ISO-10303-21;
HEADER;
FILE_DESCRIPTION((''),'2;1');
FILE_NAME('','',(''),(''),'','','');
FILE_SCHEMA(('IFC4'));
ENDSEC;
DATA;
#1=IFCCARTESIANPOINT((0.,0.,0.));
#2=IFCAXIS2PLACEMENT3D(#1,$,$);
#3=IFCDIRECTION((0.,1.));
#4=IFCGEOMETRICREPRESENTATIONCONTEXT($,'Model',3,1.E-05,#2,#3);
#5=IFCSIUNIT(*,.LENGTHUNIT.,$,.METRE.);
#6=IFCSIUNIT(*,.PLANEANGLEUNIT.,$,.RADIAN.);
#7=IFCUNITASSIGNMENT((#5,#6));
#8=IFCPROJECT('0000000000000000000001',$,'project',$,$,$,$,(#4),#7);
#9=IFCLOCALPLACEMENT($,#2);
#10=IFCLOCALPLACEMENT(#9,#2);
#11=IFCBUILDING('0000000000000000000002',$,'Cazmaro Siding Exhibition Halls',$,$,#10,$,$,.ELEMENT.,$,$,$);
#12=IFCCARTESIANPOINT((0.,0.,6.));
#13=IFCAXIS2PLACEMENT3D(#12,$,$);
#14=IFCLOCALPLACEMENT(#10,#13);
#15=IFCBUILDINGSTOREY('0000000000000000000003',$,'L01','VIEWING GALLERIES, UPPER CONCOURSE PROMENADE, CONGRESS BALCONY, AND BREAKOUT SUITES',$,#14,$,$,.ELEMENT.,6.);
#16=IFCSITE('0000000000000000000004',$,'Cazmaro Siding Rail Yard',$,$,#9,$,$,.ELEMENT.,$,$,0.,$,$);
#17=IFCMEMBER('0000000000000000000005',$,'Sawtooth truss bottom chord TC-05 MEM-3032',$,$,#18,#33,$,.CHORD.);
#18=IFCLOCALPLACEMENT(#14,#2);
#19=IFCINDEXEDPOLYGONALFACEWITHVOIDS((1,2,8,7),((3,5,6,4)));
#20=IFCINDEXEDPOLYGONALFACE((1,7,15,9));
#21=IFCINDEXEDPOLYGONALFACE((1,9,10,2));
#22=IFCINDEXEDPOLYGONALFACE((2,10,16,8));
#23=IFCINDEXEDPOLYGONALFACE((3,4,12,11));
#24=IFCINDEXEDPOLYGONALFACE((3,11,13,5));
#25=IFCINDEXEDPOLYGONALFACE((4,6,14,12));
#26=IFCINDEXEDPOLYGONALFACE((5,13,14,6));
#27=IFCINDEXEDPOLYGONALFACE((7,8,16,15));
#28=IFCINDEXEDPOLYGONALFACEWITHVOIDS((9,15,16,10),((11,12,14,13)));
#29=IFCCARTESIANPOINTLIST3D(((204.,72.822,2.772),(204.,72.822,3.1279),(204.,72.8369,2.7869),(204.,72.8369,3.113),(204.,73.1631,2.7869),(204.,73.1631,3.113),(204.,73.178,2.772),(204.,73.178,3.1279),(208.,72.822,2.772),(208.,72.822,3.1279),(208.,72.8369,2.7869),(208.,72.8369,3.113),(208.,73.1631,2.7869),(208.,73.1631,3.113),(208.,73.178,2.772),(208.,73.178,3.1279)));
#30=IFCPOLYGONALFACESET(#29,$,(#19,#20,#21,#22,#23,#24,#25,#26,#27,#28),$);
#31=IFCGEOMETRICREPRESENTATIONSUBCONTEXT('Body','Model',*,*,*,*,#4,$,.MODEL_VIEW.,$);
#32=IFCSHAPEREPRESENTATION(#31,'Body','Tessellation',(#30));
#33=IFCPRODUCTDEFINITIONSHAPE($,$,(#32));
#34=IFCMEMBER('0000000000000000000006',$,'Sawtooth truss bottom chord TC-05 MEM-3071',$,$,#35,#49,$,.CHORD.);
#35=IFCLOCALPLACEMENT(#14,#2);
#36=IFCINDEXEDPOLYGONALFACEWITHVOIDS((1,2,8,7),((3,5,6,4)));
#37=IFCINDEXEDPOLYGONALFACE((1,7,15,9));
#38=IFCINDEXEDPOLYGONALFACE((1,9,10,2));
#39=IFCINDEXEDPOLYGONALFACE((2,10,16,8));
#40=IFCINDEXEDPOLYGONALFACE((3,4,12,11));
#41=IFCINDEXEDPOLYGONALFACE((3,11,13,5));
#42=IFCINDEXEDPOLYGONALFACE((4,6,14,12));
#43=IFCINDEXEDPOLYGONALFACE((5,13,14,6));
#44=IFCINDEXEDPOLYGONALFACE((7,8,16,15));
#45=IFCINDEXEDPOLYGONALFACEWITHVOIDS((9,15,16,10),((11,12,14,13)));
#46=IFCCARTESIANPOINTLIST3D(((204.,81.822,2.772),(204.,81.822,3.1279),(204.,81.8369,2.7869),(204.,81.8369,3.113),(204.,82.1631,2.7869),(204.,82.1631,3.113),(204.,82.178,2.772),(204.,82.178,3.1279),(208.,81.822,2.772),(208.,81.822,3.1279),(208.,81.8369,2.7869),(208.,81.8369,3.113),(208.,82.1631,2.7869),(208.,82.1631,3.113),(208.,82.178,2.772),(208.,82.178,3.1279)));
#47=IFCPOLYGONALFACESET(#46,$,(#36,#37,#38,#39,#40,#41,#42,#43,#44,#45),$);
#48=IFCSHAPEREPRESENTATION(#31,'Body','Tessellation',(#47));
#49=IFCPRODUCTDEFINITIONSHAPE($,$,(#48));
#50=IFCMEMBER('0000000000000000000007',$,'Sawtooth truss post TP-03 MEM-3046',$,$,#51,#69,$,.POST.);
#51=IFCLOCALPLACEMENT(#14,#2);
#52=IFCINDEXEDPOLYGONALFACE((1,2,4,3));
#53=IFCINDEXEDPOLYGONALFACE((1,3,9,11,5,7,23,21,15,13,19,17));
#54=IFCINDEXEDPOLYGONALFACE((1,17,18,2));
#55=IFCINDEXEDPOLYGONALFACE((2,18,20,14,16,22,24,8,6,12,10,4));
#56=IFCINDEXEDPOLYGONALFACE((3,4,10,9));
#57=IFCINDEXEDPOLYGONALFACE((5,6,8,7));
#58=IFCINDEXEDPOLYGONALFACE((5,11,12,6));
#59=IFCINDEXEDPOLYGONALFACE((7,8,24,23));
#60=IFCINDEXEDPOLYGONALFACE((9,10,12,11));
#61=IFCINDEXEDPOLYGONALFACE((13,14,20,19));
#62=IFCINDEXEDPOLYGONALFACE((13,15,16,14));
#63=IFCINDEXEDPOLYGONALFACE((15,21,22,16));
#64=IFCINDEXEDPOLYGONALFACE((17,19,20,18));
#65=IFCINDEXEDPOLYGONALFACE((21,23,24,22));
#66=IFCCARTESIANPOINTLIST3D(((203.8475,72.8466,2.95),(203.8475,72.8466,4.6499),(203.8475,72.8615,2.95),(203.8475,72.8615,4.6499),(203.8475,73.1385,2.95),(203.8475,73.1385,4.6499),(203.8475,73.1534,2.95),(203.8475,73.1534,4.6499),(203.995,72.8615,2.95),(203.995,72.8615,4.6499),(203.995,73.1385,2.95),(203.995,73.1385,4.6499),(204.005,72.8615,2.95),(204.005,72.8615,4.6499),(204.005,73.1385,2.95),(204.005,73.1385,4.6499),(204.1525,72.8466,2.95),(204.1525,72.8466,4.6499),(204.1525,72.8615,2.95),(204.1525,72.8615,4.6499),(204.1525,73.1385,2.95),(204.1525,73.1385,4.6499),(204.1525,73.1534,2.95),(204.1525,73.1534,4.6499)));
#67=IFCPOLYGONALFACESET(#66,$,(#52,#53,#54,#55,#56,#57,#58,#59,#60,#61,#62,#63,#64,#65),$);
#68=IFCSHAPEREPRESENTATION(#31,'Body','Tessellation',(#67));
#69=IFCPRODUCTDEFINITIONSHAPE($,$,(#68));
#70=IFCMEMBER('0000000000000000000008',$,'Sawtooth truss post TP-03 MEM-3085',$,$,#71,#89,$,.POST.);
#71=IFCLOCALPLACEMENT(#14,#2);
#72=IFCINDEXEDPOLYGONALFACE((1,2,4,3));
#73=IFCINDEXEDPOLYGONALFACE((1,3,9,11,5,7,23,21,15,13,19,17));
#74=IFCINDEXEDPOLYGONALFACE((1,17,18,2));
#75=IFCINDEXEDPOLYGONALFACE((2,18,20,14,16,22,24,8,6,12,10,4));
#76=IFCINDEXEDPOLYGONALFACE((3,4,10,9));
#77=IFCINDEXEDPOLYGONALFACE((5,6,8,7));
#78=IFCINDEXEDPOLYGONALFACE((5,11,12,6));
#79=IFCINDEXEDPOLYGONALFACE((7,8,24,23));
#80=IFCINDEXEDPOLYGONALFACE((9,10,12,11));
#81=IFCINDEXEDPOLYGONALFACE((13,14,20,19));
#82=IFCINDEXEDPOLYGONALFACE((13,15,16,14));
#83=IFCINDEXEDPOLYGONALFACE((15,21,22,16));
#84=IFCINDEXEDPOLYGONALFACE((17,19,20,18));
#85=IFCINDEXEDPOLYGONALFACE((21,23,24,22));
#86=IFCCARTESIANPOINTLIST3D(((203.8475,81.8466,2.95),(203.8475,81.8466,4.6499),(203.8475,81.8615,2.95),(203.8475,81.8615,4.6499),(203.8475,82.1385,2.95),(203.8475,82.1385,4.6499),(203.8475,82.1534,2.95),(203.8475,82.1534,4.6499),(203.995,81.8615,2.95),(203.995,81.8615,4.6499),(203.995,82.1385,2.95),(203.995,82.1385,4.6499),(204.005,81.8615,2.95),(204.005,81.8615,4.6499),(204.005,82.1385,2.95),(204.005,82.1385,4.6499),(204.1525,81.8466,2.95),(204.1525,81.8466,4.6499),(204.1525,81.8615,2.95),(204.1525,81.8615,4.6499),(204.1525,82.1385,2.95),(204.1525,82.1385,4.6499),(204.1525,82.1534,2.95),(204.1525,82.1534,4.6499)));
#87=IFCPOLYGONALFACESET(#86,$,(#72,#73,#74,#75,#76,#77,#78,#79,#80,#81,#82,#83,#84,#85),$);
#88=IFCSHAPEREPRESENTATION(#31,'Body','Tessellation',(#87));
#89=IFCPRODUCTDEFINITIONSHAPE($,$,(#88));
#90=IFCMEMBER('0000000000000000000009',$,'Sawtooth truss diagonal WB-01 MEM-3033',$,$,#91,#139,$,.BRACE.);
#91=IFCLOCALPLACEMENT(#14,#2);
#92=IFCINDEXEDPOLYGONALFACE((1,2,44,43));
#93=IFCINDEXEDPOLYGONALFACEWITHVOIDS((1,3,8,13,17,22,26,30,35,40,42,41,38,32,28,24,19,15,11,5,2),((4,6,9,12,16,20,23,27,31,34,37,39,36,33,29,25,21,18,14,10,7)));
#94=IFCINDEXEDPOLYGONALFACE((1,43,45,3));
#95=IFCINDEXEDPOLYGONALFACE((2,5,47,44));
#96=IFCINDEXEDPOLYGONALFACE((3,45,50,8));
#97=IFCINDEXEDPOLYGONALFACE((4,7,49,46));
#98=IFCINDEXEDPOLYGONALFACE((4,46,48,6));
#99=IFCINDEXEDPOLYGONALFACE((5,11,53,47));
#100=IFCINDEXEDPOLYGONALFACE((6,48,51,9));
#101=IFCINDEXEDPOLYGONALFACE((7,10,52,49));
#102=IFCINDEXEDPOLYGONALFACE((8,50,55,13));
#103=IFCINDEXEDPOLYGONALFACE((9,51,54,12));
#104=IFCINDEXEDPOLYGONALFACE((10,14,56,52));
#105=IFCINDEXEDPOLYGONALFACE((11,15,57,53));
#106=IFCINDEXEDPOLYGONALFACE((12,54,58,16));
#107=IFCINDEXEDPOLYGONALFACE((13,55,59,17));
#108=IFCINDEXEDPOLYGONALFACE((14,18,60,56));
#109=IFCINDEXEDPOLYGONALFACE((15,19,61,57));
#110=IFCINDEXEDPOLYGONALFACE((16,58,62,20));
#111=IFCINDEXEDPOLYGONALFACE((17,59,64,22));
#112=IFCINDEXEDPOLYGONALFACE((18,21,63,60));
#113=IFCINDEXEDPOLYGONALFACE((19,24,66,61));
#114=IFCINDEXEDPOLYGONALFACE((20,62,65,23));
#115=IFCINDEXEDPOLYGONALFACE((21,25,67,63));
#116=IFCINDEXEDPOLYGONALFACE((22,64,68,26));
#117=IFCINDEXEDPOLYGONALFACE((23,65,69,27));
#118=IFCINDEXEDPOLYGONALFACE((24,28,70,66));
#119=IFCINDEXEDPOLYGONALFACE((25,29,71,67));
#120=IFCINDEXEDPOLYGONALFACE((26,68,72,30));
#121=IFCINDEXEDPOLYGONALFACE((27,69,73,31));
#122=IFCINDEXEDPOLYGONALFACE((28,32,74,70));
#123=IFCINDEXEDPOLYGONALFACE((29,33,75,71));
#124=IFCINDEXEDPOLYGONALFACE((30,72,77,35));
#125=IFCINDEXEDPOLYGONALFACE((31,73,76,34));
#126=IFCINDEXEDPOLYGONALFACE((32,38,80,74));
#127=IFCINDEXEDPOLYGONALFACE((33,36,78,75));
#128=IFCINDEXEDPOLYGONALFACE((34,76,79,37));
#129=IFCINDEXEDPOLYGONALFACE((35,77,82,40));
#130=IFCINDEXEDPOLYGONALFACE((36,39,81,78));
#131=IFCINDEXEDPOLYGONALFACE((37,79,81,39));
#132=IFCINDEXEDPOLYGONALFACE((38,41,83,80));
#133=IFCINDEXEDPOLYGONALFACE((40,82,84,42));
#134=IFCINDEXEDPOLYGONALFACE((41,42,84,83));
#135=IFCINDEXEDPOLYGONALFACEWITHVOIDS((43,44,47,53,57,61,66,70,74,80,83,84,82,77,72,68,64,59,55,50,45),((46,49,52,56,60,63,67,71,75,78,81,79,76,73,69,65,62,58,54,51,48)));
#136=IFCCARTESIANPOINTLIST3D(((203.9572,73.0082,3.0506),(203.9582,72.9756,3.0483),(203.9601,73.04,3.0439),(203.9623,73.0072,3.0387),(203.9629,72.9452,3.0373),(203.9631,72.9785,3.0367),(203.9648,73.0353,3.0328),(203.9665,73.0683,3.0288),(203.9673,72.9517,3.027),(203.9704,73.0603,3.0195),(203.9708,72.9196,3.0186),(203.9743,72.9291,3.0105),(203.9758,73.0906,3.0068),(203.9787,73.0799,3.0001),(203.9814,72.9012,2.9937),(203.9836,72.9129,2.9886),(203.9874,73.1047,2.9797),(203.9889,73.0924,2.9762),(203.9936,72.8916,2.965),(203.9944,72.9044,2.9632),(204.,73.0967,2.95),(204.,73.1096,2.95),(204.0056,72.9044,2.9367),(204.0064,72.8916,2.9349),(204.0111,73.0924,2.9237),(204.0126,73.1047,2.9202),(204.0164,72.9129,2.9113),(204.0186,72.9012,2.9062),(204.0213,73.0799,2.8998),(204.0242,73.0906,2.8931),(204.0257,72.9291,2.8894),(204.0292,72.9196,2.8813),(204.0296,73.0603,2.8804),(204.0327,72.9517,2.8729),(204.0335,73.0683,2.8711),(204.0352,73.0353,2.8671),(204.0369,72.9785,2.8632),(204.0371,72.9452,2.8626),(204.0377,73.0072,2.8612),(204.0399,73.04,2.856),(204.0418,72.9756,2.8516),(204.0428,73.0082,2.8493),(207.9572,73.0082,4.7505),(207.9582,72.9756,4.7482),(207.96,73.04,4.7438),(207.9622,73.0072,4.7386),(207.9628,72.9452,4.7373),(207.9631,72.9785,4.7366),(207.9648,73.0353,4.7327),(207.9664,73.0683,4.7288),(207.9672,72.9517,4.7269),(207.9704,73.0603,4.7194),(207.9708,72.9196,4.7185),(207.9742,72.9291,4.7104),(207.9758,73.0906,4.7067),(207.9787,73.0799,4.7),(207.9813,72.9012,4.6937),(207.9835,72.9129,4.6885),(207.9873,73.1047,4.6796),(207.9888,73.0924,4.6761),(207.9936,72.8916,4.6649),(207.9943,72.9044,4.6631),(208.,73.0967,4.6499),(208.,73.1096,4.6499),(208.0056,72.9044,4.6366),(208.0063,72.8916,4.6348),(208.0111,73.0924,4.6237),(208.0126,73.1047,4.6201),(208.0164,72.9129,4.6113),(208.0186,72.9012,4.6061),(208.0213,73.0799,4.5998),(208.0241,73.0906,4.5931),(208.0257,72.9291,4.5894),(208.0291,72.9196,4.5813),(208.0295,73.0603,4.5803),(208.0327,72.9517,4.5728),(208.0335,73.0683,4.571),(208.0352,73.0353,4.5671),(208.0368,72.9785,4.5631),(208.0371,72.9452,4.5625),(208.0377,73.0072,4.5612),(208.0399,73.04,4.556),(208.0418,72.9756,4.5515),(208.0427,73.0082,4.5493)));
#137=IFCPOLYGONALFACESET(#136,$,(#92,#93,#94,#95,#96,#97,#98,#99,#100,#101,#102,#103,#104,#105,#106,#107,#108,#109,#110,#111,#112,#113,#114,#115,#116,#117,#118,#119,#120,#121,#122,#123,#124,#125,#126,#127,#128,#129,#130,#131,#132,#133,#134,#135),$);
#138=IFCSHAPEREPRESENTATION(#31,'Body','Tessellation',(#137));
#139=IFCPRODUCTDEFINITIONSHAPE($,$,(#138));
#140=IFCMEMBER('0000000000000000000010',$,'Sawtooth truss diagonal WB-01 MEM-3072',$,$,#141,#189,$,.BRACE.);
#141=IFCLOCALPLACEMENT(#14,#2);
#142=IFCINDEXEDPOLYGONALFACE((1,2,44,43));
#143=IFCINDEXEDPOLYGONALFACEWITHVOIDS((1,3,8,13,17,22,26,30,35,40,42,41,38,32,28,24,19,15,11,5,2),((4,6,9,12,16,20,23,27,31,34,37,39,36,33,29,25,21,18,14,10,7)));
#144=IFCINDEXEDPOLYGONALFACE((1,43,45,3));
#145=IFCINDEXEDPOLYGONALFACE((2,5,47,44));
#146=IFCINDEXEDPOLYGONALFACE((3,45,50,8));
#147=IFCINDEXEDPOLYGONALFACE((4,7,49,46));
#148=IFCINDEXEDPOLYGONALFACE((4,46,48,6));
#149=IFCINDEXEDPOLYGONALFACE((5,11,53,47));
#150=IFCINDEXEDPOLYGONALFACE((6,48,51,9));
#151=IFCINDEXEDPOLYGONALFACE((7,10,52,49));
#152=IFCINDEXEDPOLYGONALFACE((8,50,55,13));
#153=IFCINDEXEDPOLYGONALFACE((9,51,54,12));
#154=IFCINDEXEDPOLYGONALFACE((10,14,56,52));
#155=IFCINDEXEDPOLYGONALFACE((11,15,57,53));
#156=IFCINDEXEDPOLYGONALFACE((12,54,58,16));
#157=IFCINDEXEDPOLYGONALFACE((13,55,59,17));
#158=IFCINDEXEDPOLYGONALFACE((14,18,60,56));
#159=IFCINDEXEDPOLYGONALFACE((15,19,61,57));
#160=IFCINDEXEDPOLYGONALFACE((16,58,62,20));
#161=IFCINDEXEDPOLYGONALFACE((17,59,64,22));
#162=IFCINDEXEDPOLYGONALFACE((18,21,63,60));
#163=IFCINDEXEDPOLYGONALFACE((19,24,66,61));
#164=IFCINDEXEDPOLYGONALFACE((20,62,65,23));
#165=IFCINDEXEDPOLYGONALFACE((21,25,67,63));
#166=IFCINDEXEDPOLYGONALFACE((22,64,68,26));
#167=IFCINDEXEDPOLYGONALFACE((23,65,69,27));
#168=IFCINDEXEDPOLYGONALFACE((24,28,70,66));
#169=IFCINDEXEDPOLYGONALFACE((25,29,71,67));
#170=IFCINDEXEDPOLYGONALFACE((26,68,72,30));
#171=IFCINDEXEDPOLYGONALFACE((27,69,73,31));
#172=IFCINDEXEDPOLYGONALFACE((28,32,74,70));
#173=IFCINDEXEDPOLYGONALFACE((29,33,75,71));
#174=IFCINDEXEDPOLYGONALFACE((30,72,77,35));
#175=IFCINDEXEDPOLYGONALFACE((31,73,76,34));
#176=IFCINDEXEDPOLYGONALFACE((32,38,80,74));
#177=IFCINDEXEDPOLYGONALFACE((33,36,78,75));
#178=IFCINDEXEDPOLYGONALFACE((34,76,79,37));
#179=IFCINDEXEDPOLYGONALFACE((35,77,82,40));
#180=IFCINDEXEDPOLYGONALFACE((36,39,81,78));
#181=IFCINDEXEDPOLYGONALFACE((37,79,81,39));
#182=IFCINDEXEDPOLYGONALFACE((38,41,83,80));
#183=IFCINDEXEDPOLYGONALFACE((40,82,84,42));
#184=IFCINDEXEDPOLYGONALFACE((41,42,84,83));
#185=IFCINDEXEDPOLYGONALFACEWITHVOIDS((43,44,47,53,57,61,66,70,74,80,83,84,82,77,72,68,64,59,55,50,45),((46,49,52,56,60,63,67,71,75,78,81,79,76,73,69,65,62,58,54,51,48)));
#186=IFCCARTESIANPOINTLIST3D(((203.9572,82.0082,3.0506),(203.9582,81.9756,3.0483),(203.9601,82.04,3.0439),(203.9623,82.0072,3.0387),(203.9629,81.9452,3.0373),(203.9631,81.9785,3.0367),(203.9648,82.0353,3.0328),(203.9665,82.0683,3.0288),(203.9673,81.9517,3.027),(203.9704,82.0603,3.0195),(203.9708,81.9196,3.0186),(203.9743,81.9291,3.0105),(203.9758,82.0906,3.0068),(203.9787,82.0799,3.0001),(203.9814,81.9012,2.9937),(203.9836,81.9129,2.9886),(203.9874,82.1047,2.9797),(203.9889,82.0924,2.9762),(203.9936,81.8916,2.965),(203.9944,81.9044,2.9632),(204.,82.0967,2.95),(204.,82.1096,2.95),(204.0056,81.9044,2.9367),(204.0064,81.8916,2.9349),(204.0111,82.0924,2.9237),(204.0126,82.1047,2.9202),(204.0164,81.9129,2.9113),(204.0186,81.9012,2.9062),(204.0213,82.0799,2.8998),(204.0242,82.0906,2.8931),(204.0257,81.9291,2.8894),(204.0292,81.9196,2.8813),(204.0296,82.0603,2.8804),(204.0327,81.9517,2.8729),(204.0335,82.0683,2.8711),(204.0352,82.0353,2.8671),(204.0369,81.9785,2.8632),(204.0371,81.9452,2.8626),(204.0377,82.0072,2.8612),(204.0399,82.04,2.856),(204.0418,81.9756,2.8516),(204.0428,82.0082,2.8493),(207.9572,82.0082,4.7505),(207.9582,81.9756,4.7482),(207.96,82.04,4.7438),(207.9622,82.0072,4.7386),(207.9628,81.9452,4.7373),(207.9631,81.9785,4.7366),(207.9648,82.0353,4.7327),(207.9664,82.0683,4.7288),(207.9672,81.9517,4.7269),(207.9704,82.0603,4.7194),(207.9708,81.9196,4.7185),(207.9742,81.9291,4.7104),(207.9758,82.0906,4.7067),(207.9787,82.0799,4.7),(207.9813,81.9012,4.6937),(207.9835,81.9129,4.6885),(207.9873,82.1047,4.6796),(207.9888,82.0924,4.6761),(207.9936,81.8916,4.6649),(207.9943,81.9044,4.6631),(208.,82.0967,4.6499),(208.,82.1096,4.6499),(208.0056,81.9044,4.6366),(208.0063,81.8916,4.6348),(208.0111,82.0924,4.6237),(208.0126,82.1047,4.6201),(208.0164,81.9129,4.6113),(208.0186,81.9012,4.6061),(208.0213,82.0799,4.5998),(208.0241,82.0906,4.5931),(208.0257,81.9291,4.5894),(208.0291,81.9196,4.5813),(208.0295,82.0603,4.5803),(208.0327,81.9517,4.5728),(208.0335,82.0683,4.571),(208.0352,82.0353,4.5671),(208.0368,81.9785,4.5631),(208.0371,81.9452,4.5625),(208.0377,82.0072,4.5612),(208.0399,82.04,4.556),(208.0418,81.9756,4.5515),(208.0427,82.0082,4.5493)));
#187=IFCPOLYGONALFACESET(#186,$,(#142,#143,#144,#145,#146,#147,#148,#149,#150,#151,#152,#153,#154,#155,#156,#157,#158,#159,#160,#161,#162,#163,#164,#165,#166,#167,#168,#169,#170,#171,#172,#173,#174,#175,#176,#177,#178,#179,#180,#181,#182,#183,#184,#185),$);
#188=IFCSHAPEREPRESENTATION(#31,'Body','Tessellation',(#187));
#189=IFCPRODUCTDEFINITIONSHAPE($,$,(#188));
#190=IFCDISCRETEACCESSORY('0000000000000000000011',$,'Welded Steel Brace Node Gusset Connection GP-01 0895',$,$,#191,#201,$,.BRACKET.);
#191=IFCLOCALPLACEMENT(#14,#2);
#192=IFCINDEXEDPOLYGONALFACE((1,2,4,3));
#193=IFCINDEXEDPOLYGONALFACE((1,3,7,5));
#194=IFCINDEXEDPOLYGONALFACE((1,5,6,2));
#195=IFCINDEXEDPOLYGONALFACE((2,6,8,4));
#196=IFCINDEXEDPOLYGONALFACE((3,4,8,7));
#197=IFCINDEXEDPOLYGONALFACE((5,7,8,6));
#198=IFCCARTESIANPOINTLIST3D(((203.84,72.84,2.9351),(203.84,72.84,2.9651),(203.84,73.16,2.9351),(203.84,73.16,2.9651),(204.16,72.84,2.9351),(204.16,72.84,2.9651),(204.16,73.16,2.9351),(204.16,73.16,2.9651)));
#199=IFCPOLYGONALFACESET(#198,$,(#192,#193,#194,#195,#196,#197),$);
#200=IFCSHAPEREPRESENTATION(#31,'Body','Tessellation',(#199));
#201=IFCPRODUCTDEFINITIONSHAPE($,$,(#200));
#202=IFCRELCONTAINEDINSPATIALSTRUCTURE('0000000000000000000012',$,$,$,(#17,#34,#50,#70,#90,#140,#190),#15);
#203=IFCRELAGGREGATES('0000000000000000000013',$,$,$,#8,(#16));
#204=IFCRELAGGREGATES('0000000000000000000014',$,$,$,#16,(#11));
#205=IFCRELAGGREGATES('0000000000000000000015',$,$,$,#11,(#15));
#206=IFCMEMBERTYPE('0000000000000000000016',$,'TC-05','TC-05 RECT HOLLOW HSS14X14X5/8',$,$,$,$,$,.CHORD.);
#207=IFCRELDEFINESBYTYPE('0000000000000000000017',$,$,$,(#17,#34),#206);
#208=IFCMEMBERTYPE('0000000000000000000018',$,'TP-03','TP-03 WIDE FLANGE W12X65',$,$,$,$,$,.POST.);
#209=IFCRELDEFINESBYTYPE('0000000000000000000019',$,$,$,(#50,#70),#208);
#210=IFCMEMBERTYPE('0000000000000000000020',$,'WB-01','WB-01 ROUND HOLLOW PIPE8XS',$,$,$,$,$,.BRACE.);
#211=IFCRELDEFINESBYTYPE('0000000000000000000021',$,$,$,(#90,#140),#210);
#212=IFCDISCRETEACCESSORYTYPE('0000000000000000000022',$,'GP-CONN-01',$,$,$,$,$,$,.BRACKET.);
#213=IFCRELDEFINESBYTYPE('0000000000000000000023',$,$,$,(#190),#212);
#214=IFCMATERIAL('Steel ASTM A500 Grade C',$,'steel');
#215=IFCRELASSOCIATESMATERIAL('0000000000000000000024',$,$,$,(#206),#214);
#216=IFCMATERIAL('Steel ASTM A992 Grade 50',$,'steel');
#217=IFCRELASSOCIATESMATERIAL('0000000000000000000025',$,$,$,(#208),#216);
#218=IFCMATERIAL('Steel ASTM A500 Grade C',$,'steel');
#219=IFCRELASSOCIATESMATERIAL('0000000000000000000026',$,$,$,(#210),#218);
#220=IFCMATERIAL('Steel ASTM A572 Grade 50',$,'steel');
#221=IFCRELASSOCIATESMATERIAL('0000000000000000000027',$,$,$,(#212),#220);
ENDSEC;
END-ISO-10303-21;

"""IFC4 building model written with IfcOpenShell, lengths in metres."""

from ifc_helpers import new_model, si_unit, direction, frame, origin, origin_2d, place, context, subcontext, project, spatial, rectangle, hollow_rectangle, hollow_circle, i_section, extrude, material, material_profile, profile_set, type_object, element, save


model = new_model("IFC4")

# Units and contexts
model_context = context("Model", 3, precision=1e-05, world=origin(), true_north=direction((0.0, 1.0)))
body_context = subcontext(model_context, "Body", "Model", "MODEL_VIEW")
ifc_project = project(units=[si_unit("LENGTHUNIT", "METRE"), si_unit("PLANEANGLEUNIT", "RADIAN")], contexts=[model_context])

# Site, building, storey
site_placement = place(None, origin())
site = spatial("IfcSite", under=ifc_project, at=site_placement, Name="Cazmaro Siding Rail Yard", CompositionType="ELEMENT", RefElevation=0.0)
building_placement = place(site_placement, origin())
building = spatial("IfcBuilding", under=site, at=building_placement, Name="Cazmaro Siding Exhibition Halls", CompositionType="ELEMENT")
storey_placement = place(building_placement, frame((0.0, 0.0, 6.0)))
storey = spatial("IfcBuildingStorey", under=building, at=storey_placement, Name="L01", Description="VIEWING GALLERIES, UPPER CONCOURSE PROMENADE, CONGRESS BALCONY, AND BREAKOUT SUITES", CompositionType="ELEMENT", Elevation=6.0)

# Members
ifc_material_1 = material(Name="Steel ASTM A500 Grade C", Category="steel")
ifc_material_profile_1 = material_profile(ifc_material_1, hollow_rectangle(XDim=0.356, YDim=0.356, WallThickness=0.0149, at=origin_2d()), Name="HSS14X14X5/8")
ifc_profile_set_1 = profile_set([ifc_material_profile_1], Name="Steel ASTM A500 Grade C")
member_type_1 = type_object("IfcMemberType", Name="TC-05", Description="TC-05 RECT HOLLOW HSS14X14X5/8", PredefinedType="CHORD", material=ifc_profile_set_1)
for number, where, z_axis, x_axis, name in (
    (1, (204.0, 73.0, 2.95), (1.0, 0.0, 0.0), (0.0, 1.0, 0.0), "Sawtooth truss bottom chord TC-05 MEM-3032"),
    (2, (204.0, 82.0, 2.95), (1.0, 0.0, 0.0), (0.0, 1.0, 0.0), "Sawtooth truss bottom chord TC-05 MEM-3071"),
):
    element("IfcMember", number, at=place(storey_placement, frame(where, z_axis=z_axis, x_axis=x_axis)), inside=storey, type_object=member_type_1, Name=name, PredefinedType="CHORD", context=body_context, shape_type="SweptSolid", body=[
        extrude(hollow_rectangle(XDim=0.356, YDim=0.356, WallThickness=0.0149, at=origin_2d()), origin(), (0.0, 0.0, 1.0), 4.0),
    ])
ifc_material_2 = material(Name="Steel ASTM A992 Grade 50", Category="steel")
ifc_material_profile_2 = material_profile(ifc_material_2, i_section(OverallWidth=0.3049, OverallDepth=0.3069, WebThickness=0.01, FlangeThickness=0.0149, at=origin_2d()), Name="W12X65")
ifc_profile_set_2 = profile_set([ifc_material_profile_2], Name="Steel ASTM A992 Grade 50")
member_type_2 = type_object("IfcMemberType", Name="TP-03", Description="TP-03 WIDE FLANGE W12X65", PredefinedType="POST", material=ifc_profile_set_2)
for number, where, z_axis, x_axis, name in (
    (3, (204.0, 73.0, 2.95), (0.0, 0.0, 1.0), (1.0, 0.0, 0.0), "Sawtooth truss post TP-03 MEM-3046"),
    (4, (204.0, 82.0, 2.95), (0.0, 0.0, 1.0), (1.0, 0.0, 0.0), "Sawtooth truss post TP-03 MEM-3085"),
):
    element("IfcMember", number, at=place(storey_placement, frame(where, z_axis=z_axis, x_axis=x_axis)), inside=storey, type_object=member_type_2, Name=name, PredefinedType="POST", context=body_context, shape_type="SweptSolid", body=[
        extrude(i_section(OverallWidth=0.3049, OverallDepth=0.3069, WebThickness=0.01, FlangeThickness=0.0149, at=origin_2d()), origin(), (0.0, 0.0, 1.0), 1.7),
    ])
ifc_material_3 = material(Name="Steel ASTM A500 Grade C", Category="steel")
ifc_material_profile_3 = material_profile(ifc_material_3, hollow_circle(Radius=0.1096, WallThickness=0.0129, at=origin_2d()), Name="PIPE8XS")
ifc_profile_set_3 = profile_set([ifc_material_profile_3], Name="Steel ASTM A500 Grade C")
member_type_3 = type_object("IfcMemberType", Name="WB-01", Description="WB-01 ROUND HOLLOW PIPE8XS", PredefinedType="BRACE", material=ifc_profile_set_3)
for number, where, z_axis, x_axis, name in (
    (5, (204.0, 73.0, 2.95), (0.920335, 0.0, 0.391131), (0.0, 1.0, 0.0), "Sawtooth truss diagonal WB-01 MEM-3033"),
    (6, (204.0, 82.0, 2.95), (0.920335, 0.0, 0.391131), (0.0, 1.0, 0.0), "Sawtooth truss diagonal WB-01 MEM-3072"),
):
    element("IfcMember", number, at=place(storey_placement, frame(where, z_axis=z_axis, x_axis=x_axis)), inside=storey, type_object=member_type_3, Name=name, PredefinedType="BRACE", context=body_context, shape_type="SweptSolid", body=[
        extrude(hollow_circle(Radius=0.1096, WallThickness=0.0129, at=origin_2d()), origin(), (0.0, 0.0, 1.0), 4.3462),
    ])

# Discrete accessory
ifc_material_4 = material(Name="Steel ASTM A572 Grade 50", Category="steel")
discrete_accessory_type = type_object("IfcDiscreteAccessoryType", Name="GP-CONN-01", PredefinedType="BRACKET", material=ifc_material_4)
for number, where, z_axis, x_axis, name in (
    (7, (204.0, 73.0, 2.9351), (0.0, 0.0, 1.0), (1.0, 0.0, 0.0), "Welded Steel Brace Node Gusset Connection GP-01 0895"),
):
    element("IfcDiscreteAccessory", number, at=place(storey_placement, frame(where, z_axis=z_axis, x_axis=x_axis)), inside=storey, type_object=discrete_accessory_type, Name=name, PredefinedType="BRACKET", context=body_context, shape_type="SweptSolid", body=[
        extrude(rectangle(XDim=0.3201, YDim=0.3201, at=origin_2d()), origin(), (0.0, 0.0, 1.0), 0.03),
    ])

save(model, "model.ifc")
